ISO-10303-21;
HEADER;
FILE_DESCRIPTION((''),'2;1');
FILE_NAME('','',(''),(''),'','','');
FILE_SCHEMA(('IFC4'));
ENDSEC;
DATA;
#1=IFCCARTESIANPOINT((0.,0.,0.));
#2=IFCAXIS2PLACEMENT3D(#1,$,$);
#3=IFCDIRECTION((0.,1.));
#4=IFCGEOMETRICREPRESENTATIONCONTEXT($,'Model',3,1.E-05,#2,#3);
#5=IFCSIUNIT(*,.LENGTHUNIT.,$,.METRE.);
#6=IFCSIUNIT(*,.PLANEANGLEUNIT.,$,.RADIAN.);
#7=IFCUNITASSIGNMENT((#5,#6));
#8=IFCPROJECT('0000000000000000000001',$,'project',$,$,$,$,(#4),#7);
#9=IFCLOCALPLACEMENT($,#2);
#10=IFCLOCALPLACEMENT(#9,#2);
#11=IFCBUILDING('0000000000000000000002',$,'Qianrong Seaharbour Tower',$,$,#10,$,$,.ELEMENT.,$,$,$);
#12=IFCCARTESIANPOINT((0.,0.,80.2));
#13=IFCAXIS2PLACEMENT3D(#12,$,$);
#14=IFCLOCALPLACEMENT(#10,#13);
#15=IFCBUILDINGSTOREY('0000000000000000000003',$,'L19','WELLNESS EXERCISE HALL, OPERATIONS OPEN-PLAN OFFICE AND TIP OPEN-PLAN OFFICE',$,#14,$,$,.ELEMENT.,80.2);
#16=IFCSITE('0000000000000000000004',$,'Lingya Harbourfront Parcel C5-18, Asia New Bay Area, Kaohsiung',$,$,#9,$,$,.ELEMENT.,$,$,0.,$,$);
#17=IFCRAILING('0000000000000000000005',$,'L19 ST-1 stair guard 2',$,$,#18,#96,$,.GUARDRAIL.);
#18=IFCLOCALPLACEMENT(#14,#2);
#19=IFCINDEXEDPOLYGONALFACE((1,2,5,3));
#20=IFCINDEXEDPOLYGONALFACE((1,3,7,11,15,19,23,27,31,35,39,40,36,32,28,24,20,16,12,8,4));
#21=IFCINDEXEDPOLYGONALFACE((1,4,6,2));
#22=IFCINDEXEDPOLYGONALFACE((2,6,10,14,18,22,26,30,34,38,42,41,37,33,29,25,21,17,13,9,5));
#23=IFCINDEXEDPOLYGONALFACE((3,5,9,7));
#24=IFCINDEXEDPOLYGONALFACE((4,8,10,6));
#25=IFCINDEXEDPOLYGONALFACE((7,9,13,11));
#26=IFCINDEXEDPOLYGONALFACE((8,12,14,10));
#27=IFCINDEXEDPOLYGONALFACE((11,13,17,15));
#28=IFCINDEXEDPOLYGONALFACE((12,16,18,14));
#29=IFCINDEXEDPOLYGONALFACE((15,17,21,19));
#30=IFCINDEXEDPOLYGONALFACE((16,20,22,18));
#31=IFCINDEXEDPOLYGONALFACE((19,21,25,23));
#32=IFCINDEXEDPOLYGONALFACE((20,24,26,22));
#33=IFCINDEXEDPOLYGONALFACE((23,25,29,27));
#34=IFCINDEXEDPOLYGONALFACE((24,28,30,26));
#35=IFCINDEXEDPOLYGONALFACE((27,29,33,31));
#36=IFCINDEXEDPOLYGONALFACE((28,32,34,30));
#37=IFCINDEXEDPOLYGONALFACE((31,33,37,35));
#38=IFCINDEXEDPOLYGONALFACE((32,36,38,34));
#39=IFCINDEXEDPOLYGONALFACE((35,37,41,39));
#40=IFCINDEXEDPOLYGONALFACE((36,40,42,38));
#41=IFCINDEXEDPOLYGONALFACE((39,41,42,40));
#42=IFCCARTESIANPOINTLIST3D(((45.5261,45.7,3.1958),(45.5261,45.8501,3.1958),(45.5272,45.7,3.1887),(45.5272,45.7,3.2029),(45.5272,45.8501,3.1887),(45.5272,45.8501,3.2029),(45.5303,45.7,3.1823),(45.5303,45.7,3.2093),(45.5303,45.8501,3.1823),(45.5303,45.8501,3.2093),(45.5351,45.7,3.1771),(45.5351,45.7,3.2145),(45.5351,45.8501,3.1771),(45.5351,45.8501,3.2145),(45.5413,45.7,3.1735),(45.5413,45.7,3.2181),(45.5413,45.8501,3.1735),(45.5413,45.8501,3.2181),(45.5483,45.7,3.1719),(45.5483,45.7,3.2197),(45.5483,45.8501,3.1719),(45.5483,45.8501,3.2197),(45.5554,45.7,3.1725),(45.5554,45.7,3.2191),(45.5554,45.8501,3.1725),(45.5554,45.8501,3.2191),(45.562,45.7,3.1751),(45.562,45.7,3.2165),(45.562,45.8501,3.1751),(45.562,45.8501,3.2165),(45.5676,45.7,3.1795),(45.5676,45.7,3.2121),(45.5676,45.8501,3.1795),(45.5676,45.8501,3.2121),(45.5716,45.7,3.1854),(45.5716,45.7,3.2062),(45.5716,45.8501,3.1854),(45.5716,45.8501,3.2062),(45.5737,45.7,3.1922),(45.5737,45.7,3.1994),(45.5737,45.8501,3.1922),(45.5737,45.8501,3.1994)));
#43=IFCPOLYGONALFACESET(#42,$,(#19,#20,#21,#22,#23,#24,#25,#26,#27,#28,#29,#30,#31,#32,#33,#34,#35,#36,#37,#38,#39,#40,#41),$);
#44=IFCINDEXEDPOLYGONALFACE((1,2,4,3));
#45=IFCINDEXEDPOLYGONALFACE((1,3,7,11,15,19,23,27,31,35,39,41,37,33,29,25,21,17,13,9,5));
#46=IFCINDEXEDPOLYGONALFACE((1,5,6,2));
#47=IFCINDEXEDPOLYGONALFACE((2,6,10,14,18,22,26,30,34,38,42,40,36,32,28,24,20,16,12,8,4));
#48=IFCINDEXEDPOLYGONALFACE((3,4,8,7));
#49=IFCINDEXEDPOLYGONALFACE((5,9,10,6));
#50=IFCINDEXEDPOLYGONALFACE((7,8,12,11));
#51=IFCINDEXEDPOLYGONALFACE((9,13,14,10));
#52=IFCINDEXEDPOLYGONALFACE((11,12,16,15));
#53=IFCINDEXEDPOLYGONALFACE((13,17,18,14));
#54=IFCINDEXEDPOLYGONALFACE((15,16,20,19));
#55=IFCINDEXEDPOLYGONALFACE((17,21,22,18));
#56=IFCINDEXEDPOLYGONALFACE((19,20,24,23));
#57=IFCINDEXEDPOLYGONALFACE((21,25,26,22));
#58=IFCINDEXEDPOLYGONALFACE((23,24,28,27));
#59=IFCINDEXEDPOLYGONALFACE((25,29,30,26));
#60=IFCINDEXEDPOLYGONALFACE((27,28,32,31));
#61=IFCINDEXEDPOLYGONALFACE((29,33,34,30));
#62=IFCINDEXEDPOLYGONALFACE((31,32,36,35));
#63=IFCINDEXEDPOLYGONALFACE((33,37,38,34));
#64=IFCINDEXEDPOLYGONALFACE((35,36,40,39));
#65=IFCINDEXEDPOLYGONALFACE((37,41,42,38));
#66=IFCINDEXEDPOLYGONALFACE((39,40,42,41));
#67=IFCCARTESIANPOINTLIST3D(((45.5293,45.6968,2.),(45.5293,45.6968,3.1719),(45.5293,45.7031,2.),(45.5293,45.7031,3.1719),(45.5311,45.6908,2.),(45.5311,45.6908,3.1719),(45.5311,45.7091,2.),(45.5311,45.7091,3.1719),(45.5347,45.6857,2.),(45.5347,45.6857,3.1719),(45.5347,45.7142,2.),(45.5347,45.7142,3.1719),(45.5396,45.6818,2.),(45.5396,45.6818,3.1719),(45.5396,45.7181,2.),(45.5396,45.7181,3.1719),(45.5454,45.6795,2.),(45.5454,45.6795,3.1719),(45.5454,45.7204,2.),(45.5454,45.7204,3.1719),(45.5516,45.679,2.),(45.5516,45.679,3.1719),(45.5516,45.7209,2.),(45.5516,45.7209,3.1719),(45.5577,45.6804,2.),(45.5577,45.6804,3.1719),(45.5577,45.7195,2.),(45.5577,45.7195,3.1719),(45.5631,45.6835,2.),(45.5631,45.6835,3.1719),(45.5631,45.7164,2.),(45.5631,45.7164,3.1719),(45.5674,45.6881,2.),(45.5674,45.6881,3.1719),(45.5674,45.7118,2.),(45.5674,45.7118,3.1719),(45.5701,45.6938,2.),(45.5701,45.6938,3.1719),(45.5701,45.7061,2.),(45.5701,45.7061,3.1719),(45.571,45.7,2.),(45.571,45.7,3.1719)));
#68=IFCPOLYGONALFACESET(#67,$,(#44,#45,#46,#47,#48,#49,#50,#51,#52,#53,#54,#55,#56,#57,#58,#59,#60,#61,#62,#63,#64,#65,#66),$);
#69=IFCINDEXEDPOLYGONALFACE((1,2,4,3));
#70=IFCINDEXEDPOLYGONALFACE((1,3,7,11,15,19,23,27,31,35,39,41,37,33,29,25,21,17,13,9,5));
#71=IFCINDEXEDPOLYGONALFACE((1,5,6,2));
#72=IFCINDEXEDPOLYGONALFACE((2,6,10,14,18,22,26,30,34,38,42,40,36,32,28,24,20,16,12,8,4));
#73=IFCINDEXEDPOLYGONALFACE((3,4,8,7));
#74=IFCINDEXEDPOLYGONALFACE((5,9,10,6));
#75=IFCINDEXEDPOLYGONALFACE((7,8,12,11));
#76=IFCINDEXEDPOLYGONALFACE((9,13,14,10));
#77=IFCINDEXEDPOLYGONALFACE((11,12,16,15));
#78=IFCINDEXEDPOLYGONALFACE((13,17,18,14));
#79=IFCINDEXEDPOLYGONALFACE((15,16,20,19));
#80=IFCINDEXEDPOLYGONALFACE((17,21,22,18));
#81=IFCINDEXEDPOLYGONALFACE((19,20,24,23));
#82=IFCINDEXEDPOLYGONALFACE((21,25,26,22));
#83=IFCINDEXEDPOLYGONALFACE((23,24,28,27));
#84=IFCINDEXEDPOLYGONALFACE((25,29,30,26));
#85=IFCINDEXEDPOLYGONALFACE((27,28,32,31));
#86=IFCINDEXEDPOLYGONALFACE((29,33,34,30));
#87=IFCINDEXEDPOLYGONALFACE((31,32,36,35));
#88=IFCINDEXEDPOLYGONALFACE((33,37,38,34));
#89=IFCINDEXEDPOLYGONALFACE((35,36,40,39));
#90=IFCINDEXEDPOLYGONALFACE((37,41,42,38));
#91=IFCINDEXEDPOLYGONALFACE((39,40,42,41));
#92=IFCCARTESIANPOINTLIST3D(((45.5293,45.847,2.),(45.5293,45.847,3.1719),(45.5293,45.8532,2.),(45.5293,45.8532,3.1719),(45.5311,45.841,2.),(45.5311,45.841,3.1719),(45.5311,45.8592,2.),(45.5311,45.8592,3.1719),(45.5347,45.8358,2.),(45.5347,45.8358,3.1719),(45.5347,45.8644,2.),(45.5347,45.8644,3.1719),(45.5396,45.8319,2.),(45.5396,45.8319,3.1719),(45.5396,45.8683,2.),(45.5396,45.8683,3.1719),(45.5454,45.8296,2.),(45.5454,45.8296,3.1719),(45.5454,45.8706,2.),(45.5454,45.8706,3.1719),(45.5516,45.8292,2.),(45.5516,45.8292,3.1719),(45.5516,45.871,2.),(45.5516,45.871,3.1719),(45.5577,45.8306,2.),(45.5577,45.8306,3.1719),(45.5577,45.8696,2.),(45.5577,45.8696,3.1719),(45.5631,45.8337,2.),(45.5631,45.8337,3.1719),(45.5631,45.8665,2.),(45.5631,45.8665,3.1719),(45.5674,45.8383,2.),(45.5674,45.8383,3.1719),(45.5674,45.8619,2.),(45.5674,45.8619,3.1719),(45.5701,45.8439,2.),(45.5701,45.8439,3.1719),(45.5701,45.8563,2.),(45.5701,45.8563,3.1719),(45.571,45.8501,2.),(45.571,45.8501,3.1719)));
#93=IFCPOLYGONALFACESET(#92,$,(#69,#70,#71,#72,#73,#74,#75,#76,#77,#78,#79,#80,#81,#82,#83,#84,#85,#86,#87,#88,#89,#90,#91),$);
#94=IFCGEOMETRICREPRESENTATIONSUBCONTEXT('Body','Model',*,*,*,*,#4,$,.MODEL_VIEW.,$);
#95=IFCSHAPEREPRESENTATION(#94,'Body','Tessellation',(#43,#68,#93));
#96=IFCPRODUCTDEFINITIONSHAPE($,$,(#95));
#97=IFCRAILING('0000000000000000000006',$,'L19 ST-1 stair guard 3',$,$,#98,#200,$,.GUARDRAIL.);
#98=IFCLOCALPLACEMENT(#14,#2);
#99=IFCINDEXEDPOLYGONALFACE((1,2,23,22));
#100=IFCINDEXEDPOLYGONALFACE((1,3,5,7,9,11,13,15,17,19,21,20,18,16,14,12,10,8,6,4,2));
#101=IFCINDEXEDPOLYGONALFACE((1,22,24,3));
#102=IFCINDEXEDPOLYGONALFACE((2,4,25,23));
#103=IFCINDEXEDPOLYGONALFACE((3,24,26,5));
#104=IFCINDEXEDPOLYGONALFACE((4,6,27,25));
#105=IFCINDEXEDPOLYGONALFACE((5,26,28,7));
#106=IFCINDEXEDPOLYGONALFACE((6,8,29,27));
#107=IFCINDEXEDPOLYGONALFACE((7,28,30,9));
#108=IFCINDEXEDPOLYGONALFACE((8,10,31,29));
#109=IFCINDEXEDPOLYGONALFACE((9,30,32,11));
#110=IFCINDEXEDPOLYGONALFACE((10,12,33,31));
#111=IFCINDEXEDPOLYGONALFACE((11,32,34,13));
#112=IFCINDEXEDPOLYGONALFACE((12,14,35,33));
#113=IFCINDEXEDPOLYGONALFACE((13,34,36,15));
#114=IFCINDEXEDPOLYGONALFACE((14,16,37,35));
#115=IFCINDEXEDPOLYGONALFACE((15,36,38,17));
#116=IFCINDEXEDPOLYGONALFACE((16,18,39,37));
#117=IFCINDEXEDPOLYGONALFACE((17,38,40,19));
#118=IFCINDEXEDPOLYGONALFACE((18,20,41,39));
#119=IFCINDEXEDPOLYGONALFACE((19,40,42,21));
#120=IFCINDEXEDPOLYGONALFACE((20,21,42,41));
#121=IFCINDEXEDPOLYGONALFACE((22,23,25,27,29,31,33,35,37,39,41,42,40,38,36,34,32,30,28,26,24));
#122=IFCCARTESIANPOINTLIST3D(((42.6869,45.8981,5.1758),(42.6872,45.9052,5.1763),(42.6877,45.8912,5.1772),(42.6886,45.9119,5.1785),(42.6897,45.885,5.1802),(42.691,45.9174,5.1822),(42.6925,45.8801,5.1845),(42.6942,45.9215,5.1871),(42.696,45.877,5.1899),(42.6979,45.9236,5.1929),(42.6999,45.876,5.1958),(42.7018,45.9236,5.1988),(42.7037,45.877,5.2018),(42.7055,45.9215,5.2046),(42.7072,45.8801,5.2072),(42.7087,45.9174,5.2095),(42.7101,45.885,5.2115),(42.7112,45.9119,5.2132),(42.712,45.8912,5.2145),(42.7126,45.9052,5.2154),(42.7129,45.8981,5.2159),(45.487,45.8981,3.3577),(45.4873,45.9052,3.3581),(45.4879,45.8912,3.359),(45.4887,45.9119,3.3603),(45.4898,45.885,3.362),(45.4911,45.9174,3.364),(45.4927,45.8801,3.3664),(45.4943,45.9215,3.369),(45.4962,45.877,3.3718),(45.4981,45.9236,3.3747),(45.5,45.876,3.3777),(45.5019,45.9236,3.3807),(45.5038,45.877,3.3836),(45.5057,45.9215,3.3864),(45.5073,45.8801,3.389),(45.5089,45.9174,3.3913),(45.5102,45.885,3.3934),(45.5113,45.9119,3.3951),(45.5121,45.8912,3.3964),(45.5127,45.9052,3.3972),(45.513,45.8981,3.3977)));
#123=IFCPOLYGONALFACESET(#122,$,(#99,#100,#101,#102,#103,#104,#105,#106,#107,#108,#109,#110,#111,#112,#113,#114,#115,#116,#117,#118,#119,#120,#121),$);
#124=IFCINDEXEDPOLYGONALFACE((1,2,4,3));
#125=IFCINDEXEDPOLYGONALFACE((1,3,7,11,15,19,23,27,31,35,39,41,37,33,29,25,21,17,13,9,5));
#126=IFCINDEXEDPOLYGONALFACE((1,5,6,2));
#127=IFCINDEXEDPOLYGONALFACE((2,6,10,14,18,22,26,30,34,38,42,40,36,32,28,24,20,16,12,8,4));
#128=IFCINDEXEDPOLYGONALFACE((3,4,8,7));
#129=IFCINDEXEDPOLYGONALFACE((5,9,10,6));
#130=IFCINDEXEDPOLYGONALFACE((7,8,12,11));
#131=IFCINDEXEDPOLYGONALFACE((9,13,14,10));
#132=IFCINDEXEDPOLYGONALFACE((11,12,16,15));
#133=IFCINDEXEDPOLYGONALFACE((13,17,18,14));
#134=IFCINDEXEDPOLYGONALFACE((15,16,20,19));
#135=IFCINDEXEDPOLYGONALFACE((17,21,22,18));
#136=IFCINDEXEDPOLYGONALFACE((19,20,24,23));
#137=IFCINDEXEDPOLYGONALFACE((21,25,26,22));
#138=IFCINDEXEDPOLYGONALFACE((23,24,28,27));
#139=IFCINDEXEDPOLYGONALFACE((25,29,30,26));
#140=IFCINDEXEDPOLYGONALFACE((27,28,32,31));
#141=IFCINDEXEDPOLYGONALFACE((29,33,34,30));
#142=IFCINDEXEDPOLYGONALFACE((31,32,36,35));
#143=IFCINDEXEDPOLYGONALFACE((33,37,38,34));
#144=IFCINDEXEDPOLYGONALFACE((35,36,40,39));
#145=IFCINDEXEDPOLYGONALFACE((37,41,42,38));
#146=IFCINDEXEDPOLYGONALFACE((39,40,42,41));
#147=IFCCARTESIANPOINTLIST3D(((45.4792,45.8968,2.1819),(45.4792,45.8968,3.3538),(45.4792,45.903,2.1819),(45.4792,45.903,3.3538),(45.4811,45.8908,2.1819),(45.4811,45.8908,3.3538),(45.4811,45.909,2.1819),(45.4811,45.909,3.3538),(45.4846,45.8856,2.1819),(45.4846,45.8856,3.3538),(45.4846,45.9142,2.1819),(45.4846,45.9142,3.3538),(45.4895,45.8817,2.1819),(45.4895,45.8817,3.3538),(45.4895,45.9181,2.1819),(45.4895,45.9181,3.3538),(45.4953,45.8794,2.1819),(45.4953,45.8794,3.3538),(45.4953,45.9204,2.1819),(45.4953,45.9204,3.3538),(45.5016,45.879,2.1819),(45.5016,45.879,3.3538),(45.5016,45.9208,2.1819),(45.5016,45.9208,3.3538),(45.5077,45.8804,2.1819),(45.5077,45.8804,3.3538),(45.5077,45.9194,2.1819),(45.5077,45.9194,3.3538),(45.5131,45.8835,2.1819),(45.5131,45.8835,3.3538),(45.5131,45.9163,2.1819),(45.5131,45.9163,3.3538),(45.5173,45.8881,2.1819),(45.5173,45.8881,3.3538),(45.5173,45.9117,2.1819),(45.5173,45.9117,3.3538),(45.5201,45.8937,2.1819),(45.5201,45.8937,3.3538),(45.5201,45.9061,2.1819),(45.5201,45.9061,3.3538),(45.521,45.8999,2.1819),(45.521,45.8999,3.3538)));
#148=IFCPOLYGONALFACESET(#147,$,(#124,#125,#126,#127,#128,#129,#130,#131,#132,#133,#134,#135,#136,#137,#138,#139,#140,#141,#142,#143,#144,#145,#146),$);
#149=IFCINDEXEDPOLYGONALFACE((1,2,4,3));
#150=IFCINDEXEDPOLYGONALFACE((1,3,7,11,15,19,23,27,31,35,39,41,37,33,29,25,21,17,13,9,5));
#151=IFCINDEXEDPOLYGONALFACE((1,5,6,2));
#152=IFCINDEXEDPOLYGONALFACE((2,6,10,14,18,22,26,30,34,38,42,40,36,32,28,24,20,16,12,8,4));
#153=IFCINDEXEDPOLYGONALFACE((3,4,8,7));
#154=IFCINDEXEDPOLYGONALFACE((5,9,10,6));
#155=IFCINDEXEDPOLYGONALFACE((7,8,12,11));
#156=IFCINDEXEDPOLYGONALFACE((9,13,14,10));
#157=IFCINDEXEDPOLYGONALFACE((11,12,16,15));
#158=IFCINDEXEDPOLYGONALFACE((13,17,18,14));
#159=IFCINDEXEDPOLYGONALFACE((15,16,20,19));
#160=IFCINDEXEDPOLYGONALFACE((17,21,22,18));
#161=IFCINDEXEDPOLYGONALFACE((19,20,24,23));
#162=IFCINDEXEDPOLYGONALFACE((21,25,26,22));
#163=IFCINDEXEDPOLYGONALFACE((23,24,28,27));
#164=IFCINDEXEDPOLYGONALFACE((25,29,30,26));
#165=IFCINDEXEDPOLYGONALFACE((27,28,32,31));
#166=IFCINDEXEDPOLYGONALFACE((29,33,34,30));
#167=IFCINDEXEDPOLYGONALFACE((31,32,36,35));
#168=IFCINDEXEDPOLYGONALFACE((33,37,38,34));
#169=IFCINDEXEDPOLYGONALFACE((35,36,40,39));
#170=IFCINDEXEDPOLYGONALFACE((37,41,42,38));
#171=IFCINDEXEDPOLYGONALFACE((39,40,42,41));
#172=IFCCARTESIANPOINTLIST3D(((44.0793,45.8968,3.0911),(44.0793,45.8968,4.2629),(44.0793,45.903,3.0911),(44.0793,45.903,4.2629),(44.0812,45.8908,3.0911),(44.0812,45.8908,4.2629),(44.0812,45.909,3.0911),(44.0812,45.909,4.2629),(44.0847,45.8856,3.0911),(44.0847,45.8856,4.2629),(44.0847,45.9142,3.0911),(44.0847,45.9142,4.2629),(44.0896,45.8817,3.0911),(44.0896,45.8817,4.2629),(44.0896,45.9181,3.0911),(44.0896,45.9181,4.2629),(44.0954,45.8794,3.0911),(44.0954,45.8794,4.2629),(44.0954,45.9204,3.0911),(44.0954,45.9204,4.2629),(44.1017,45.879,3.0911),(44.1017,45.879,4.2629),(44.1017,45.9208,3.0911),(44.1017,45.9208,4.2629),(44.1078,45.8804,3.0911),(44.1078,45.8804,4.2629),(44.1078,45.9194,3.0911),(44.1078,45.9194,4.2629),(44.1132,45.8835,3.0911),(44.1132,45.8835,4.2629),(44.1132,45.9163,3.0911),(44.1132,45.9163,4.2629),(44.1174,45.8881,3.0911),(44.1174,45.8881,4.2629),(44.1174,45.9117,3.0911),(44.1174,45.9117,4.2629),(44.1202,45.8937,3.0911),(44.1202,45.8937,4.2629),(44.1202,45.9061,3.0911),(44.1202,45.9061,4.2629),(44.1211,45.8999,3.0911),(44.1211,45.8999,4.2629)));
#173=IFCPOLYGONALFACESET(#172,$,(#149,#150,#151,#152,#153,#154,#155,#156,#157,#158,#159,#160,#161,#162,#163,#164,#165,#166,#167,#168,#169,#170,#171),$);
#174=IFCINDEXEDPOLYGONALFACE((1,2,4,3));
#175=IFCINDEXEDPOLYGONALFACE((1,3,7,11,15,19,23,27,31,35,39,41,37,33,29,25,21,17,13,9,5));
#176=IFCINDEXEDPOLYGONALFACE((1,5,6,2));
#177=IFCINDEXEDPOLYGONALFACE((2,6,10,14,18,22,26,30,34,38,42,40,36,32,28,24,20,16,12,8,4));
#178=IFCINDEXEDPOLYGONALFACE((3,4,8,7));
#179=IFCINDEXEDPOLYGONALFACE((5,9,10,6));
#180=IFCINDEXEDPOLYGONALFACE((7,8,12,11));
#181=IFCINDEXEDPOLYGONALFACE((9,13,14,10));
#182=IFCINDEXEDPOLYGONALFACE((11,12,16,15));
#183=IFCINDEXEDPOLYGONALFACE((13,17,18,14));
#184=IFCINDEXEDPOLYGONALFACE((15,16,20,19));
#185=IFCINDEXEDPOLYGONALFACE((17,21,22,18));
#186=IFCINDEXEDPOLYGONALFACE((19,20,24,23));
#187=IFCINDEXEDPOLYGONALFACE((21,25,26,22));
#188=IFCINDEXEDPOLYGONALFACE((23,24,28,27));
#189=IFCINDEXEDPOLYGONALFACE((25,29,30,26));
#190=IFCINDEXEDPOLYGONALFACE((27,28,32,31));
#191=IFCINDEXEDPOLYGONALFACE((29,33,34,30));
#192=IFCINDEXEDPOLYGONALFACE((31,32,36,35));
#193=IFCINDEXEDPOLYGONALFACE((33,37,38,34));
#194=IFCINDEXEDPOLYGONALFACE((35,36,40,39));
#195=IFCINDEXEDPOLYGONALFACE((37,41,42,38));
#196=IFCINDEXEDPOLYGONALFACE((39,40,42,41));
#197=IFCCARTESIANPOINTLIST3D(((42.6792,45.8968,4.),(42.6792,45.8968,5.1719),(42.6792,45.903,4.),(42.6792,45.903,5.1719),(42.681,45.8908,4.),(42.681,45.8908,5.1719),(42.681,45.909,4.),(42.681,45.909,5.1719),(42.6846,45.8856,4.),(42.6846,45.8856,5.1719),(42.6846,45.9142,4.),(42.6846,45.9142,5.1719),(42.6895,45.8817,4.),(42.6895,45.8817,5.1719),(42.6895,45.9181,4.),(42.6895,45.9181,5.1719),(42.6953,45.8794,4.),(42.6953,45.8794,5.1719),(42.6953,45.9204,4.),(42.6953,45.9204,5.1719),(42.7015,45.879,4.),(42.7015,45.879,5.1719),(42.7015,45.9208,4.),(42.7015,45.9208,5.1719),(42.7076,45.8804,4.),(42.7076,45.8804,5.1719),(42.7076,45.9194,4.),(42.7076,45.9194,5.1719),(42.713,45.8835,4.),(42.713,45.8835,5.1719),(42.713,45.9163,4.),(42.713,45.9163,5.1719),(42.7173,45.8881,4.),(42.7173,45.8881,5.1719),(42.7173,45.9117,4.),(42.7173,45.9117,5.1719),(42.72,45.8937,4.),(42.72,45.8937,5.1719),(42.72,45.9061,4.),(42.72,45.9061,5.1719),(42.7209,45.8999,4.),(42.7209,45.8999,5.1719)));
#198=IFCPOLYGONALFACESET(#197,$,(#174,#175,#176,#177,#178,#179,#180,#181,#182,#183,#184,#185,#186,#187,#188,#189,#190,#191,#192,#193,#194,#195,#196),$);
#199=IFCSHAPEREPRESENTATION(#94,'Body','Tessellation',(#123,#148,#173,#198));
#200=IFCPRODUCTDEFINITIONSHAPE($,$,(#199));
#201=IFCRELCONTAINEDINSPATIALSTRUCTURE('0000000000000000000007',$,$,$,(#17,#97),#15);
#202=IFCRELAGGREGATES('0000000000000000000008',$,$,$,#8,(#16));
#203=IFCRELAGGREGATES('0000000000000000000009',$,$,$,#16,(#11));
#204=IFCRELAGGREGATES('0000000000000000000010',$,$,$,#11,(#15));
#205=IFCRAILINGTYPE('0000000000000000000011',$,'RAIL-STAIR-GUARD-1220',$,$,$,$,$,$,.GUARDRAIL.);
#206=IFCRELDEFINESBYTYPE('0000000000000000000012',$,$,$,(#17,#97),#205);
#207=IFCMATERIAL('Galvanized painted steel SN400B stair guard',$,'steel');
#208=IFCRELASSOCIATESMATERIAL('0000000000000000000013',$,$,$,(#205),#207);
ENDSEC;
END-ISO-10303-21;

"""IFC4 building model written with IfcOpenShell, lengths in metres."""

from ifc_helpers import new_model, si_unit, direction, frame, origin, origin_2d, place, context, subcontext, project, spatial, circle, extrude, material, type_object, element, save


model = new_model("IFC4")

# Units and contexts
model_context = context("Model", 3, precision=1e-05, world=origin(), true_north=direction((0.0, 1.0)))
body_context = subcontext(model_context, "Body", "Model", "MODEL_VIEW")
ifc_project = project(units=[si_unit("LENGTHUNIT", "METRE"), si_unit("PLANEANGLEUNIT", "RADIAN")], contexts=[model_context])

# Site, building, storey
site_placement = place(None, origin())
site = spatial("IfcSite", under=ifc_project, at=site_placement, Name="Lingya Harbourfront Parcel C5-18, Asia New Bay Area, Kaohsiung", CompositionType="ELEMENT", RefElevation=0.0)
building_placement = place(site_placement, origin())
building = spatial("IfcBuilding", under=site, at=building_placement, Name="Qianrong Seaharbour Tower", CompositionType="ELEMENT")
storey_placement = place(building_placement, frame((0.0, 0.0, 80.2)))
storey = spatial("IfcBuildingStorey", under=building, at=storey_placement, Name="L19", Description="WELLNESS EXERCISE HALL, OPERATIONS OPEN-PLAN OFFICE AND TIP OPEN-PLAN OFFICE", CompositionType="ELEMENT", Elevation=80.2)

# Railings
ifc_material_1 = material(Name="Galvanized painted steel SN400B stair guard", Category="steel")
railing_type_1 = type_object("IfcRailingType", Name="RAIL-STAIR-GUARD-1220", PredefinedType="GUARDRAIL", material=ifc_material_1)
railing_1_placement = place(storey_placement, frame((45.55, 45.7, 2.0)))
element("IfcRailing", 1, at=railing_1_placement, inside=storey, type_object=railing_type_1, Name="L19 ST-1 stair guard 2", PredefinedType="GUARDRAIL", context=body_context, shape_type="SweptSolid", body=[
    extrude(circle(Radius=0.0239, at=origin_2d()), frame((0.0, 0.0, 1.1958), z_axis=(0.0, 1.0, 0.0), x_axis=(-1.0, 0.0, 0.0)), (0.0, 0.0, 1.0), 0.1501),
    extrude(circle(Radius=0.021, at=origin_2d()), origin(), (0.0, 0.0, 1.0), 1.1719),
    extrude(circle(Radius=0.021, at=origin_2d()), frame((0.0, 0.1501, 0.0)), (0.0, 0.0, 1.0), 1.1719),
])
railing_2_placement = place(storey_placement, frame((45.5, 45.8999, 2.1819)))
element("IfcRailing", 2, at=railing_2_placement, inside=storey, type_object=railing_type_1, Name="L19 ST-1 stair guard 3", PredefinedType="GUARDRAIL", context=body_context, shape_type="SweptSolid", body=[
    extrude(circle(Radius=0.0239, at=origin_2d()), frame((0.0, 0.0, 1.1958), z_axis=(-0.838706, 0.0, 0.544585), x_axis=(0.0, -1.0, 0.0)), (0.0, 0.0, 1.0), 3.3386),
    extrude(circle(Radius=0.021, at=origin_2d()), origin(), (0.0, 0.0, 1.0), 1.1719),
    extrude(circle(Radius=0.021, at=origin_2d()), frame((-1.3999, 0.0, 0.9092)), (0.0, 0.0, 1.0), 1.1719),
    extrude(circle(Radius=0.021, at=origin_2d()), frame((-2.8, 0.0, 1.8181)), (0.0, 0.0, 1.0), 1.1719),
])

save(model, "model.ifc")
